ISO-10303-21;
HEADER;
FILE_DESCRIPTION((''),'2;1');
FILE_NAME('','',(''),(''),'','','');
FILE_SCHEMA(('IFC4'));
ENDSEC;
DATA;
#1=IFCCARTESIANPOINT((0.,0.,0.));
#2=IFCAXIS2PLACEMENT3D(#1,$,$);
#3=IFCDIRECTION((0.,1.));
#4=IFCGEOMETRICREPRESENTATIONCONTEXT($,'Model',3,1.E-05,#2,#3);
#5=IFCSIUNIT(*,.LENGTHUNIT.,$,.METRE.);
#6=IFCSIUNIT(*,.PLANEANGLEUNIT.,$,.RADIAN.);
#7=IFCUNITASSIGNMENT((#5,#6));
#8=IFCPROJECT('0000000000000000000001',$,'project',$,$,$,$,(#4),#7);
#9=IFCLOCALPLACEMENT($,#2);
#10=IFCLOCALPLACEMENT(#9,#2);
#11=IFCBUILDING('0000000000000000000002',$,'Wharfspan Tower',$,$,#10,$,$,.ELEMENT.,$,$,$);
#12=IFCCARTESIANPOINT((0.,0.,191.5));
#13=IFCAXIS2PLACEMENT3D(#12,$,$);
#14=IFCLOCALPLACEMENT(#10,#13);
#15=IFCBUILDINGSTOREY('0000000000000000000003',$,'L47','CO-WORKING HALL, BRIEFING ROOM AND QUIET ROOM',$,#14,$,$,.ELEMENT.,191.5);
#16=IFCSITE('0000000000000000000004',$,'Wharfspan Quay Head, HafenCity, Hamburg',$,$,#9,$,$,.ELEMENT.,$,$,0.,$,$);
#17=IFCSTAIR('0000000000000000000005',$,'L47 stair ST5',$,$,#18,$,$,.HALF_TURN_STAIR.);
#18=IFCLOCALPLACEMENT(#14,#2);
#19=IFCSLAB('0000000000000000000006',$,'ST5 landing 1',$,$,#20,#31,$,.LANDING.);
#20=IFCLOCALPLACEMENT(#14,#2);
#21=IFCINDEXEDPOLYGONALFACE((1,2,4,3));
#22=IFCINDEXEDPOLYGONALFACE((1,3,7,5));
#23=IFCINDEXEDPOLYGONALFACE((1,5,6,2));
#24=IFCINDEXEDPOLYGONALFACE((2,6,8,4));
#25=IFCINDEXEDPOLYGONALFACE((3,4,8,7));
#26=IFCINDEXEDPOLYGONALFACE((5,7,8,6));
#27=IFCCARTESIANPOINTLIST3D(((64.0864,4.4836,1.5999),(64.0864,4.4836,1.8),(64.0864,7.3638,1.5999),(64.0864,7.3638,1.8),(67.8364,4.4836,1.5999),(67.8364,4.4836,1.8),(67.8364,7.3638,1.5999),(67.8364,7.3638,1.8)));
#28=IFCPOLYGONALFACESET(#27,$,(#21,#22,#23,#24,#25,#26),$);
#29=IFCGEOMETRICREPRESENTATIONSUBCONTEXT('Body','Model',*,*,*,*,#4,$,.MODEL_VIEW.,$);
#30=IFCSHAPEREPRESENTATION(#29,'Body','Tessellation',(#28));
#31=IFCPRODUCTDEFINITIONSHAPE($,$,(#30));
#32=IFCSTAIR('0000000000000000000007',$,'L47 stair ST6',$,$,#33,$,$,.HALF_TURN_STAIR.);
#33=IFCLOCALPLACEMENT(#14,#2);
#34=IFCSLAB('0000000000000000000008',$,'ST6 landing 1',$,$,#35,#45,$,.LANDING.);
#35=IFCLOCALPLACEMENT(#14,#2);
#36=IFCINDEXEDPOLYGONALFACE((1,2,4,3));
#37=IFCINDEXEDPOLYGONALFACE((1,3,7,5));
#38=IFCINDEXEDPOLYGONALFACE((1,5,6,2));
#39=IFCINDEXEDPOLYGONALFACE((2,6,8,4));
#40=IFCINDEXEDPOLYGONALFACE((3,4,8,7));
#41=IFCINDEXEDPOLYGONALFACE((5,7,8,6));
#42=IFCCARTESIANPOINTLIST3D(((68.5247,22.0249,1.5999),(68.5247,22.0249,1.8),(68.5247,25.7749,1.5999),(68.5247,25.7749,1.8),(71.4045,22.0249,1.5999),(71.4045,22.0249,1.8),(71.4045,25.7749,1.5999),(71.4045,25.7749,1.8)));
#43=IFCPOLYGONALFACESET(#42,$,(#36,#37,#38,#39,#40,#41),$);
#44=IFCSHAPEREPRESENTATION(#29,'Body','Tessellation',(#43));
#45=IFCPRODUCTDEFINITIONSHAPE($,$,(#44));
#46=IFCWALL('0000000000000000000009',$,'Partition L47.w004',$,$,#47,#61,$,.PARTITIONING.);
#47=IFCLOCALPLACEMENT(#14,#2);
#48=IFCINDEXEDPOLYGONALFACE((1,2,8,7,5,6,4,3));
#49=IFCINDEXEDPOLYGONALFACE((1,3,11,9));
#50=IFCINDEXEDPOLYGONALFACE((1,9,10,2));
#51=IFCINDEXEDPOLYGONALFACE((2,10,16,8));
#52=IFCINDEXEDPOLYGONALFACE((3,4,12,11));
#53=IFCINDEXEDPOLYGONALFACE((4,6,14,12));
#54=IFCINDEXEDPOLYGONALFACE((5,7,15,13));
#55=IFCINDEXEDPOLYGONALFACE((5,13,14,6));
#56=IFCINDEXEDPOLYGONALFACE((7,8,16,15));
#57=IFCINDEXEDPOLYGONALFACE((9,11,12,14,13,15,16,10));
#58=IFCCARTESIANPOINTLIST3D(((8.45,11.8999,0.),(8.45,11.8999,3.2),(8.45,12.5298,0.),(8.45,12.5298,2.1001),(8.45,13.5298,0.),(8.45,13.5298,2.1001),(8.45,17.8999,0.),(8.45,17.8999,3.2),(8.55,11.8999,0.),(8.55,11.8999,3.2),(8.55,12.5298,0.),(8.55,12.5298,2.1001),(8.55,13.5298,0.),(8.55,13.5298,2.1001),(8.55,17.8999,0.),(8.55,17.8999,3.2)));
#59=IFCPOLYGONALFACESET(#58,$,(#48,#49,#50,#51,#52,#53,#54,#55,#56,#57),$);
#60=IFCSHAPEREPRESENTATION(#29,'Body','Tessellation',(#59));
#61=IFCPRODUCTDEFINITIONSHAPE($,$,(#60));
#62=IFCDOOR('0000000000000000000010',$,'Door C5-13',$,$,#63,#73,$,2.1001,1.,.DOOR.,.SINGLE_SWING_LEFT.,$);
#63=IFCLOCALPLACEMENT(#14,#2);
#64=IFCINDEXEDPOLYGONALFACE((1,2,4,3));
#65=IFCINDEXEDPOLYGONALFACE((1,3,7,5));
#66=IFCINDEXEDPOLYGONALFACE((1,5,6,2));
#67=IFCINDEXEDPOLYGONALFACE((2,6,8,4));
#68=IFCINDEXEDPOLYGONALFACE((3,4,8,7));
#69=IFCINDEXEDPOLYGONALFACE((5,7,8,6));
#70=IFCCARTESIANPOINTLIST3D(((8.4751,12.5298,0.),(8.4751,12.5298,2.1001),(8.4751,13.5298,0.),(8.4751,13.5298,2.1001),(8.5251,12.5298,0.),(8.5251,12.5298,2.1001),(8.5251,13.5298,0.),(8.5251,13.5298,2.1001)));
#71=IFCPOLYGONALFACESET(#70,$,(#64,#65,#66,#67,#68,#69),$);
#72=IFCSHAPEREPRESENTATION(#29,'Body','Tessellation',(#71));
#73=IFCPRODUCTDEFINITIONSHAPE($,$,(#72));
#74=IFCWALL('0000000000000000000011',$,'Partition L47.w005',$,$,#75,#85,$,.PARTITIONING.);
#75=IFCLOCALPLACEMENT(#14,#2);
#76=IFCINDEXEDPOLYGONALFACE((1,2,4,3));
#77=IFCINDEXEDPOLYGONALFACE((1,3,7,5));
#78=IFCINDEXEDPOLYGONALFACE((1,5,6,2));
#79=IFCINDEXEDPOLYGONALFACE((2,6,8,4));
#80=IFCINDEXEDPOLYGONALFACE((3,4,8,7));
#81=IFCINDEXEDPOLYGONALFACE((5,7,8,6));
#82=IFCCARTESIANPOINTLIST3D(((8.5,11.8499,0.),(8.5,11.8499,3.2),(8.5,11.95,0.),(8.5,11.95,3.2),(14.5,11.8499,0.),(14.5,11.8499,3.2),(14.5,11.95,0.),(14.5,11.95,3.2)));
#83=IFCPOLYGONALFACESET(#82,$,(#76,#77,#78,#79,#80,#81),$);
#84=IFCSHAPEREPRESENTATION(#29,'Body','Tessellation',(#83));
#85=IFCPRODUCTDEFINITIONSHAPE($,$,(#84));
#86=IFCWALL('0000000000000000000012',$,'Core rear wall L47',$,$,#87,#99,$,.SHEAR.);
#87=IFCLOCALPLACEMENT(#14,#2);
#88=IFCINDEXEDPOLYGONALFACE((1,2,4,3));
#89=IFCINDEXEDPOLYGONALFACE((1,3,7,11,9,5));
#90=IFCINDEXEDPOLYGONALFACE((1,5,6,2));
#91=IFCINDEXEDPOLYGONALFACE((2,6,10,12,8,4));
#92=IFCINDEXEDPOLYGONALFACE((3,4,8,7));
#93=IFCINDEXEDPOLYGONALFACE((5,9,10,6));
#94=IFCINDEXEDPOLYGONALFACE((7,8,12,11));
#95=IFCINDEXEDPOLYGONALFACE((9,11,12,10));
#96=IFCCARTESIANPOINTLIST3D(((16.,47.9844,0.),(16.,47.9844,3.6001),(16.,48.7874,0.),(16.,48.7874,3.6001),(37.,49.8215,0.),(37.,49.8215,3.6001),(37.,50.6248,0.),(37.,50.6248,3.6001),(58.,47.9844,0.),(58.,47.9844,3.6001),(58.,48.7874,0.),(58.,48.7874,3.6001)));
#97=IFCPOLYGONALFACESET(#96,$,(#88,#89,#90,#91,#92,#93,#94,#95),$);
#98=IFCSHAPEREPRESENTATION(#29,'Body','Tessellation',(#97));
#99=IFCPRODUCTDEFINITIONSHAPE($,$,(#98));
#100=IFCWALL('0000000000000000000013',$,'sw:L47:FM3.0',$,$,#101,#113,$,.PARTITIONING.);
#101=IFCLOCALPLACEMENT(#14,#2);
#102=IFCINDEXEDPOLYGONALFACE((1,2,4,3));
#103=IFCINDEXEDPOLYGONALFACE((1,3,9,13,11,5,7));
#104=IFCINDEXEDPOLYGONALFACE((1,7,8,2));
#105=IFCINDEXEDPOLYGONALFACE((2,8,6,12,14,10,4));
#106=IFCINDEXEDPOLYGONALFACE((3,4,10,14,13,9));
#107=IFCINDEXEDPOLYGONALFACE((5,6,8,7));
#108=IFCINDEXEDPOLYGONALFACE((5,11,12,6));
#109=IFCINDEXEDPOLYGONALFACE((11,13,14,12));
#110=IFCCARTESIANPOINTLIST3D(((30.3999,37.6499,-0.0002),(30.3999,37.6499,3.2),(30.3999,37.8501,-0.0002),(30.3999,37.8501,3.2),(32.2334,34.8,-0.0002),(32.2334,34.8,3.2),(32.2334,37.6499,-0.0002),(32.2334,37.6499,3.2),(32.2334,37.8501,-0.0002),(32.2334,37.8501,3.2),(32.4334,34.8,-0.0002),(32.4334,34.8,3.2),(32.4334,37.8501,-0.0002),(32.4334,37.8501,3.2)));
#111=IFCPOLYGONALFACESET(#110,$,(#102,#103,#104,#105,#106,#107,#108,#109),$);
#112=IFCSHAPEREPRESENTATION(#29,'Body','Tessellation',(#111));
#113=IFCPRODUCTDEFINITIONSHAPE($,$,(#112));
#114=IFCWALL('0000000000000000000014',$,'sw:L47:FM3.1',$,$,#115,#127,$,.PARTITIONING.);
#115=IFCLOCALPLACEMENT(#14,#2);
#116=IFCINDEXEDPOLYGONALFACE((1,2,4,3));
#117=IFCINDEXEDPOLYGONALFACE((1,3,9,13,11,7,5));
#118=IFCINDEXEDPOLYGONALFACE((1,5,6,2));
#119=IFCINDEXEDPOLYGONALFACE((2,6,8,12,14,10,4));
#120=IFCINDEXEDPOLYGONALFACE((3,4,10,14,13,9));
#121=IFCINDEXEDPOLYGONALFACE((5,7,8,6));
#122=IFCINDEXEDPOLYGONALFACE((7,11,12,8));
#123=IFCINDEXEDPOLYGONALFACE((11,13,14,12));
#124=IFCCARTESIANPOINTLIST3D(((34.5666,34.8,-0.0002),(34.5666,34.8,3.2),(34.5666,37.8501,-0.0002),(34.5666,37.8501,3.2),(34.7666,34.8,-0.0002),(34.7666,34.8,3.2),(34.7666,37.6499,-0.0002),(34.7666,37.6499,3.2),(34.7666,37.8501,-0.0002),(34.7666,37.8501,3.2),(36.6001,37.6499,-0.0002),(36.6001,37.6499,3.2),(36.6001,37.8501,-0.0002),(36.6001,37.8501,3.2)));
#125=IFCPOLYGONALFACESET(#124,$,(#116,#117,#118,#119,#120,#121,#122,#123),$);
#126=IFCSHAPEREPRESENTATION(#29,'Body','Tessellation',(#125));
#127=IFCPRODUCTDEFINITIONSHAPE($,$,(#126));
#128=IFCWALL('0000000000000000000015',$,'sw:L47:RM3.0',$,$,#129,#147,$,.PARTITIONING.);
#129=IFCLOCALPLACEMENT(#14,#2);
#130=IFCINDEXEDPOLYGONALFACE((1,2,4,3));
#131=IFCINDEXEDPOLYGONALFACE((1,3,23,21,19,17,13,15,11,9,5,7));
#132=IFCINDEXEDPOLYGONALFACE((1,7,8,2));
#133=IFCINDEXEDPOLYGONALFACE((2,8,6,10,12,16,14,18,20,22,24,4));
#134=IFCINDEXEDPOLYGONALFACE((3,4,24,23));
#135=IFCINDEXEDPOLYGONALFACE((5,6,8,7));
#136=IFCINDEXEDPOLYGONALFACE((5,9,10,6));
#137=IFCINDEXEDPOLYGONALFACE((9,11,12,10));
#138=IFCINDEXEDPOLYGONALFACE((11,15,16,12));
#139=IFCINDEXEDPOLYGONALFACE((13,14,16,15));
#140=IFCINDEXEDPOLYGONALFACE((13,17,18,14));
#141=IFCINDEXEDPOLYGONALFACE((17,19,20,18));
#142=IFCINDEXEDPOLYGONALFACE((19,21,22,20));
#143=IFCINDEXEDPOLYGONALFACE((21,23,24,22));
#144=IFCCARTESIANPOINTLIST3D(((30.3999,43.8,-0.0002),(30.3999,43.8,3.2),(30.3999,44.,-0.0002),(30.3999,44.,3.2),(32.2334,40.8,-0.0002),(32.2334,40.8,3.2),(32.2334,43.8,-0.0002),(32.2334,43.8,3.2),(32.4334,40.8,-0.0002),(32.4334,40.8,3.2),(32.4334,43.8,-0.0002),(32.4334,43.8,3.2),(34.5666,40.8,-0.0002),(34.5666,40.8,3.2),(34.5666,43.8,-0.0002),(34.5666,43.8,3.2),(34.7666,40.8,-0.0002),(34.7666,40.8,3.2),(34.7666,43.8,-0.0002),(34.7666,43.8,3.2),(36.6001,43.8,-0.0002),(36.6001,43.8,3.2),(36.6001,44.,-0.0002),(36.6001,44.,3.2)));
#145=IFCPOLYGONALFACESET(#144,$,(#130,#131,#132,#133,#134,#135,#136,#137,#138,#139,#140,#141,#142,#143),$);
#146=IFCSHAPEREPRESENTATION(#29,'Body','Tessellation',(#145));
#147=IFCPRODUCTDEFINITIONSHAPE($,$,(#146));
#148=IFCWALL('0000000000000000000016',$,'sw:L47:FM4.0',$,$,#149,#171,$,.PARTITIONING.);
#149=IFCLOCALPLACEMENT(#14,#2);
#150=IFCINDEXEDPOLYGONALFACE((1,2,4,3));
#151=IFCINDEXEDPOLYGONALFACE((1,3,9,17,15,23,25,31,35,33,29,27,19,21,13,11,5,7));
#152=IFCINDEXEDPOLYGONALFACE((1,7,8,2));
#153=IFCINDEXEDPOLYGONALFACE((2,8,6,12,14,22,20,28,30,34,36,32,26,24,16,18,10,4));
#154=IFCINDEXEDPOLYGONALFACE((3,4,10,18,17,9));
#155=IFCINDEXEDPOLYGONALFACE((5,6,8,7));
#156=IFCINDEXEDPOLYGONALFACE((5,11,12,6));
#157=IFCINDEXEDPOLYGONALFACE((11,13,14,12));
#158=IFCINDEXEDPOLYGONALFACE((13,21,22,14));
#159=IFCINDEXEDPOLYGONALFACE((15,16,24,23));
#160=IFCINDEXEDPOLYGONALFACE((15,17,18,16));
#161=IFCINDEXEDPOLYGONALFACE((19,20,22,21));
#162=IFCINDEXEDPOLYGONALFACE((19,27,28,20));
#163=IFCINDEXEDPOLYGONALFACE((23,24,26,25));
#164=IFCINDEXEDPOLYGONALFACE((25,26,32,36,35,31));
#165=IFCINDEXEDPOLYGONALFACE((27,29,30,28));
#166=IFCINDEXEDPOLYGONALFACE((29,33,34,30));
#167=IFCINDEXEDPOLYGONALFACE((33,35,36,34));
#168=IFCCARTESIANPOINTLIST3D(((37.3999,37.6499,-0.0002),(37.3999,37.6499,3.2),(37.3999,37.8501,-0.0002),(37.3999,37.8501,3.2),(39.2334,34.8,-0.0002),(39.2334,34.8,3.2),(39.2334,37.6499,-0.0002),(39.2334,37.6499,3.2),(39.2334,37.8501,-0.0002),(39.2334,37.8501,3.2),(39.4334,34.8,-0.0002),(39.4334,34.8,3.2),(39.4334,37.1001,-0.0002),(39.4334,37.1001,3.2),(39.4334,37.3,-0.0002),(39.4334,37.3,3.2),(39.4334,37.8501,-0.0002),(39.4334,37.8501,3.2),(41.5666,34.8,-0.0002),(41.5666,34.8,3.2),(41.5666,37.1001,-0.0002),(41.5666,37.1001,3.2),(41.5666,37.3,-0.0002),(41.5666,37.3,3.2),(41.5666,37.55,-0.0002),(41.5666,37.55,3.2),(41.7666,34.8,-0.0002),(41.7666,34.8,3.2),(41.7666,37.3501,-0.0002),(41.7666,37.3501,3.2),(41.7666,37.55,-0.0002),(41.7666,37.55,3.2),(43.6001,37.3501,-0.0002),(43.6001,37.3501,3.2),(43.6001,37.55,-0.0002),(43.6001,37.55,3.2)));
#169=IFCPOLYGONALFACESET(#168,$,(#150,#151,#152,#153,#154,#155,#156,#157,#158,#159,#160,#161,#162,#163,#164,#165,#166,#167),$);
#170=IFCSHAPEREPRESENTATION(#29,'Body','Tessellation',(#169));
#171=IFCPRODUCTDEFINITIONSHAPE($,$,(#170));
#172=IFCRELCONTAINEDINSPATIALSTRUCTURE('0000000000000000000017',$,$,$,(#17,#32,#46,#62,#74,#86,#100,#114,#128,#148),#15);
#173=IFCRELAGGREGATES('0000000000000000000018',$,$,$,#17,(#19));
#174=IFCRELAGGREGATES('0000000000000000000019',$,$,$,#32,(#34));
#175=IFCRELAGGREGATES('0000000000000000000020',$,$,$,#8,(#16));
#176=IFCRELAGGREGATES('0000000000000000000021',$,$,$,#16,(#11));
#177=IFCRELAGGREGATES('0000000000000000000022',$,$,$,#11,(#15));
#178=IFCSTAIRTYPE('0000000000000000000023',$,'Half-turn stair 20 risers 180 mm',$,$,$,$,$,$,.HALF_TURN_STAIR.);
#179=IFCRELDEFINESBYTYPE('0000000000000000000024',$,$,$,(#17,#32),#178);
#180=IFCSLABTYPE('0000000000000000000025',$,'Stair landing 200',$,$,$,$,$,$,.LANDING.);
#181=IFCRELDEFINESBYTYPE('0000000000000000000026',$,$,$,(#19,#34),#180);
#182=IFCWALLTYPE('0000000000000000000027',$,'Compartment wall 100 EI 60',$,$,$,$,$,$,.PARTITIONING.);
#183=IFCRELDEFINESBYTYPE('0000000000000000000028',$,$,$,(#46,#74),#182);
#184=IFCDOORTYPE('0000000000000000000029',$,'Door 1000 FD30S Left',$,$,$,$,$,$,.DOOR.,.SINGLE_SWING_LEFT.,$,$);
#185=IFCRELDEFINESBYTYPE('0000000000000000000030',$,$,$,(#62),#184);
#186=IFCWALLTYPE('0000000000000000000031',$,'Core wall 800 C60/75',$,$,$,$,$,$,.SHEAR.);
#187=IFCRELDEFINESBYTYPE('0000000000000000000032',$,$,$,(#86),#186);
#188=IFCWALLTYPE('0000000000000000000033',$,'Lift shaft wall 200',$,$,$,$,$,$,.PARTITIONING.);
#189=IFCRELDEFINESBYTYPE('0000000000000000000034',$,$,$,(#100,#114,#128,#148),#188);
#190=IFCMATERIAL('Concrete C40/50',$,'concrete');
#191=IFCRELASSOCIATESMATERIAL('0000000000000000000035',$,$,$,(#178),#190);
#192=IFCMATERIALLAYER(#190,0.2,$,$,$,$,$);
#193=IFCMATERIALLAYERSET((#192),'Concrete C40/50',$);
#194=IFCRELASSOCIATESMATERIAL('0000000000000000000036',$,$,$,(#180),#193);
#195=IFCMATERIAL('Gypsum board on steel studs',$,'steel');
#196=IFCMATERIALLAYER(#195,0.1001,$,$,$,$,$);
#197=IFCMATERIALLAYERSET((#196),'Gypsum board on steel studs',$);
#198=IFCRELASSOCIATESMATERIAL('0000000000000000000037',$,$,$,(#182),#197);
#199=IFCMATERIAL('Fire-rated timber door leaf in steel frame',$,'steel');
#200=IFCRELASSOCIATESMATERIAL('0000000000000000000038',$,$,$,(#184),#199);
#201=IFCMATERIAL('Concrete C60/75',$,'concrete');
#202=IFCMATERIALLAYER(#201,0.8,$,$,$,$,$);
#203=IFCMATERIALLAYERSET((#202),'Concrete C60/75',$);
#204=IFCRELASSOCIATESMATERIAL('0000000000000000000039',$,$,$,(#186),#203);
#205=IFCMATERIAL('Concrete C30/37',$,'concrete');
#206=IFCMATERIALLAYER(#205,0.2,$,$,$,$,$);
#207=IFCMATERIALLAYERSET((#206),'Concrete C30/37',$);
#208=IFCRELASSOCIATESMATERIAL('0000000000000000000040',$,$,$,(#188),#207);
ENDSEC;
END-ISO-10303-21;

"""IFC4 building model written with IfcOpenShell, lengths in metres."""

from ifc_helpers import new_model, si_unit, direction, frame, frame_2d, origin, place, context, subcontext, project, spatial, polyline, rectangle, outline, extrude, material, layer, layer_set, type_object, element, fill, aggregate, save


model = new_model("IFC4")

# Units and contexts
model_context = context("Model", 3, precision=1e-05, world=origin(), true_north=direction((0.0, 1.0)))
body_context = subcontext(model_context, "Body", "Model", "MODEL_VIEW")
ifc_project = project(units=[si_unit("LENGTHUNIT", "METRE"), si_unit("PLANEANGLEUNIT", "RADIAN")], contexts=[model_context])

# Site, building, storey
site_placement = place(None, origin())
site = spatial("IfcSite", under=ifc_project, at=site_placement, Name="Wharfspan Quay Head, HafenCity, Hamburg", CompositionType="ELEMENT", RefElevation=0.0)
building_placement = place(site_placement, origin())
building = spatial("IfcBuilding", under=site, at=building_placement, Name="Wharfspan Tower", CompositionType="ELEMENT")
storey_placement = place(building_placement, frame((0.0, 0.0, 191.5)))
storey = spatial("IfcBuildingStorey", under=building, at=storey_placement, Name="L47", Description="CO-WORKING HALL, BRIEFING ROOM AND QUIET ROOM", CompositionType="ELEMENT", Elevation=191.5)

# Shared definitions
ifc_material_1 = material(Name="Concrete C40/50", Category="concrete")

# Stairs, slabs
stair_type = type_object("IfcStairType", Name="Half-turn stair 20 risers 180 mm", PredefinedType="HALF_TURN_STAIR", material=ifc_material_1)
ifc_layer_1 = layer(ifc_material_1, 0.2)
ifc_layer_set_1 = layer_set([ifc_layer_1], Name="Concrete C40/50")
slab_type_1 = type_object("IfcSlabType", Name="Stair landing 200", PredefinedType="LANDING", material=ifc_layer_set_1)
stair_1_placement = place(storey_placement, origin())
stair_1 = element("IfcStair", 1, at=stair_1_placement, inside=storey, type_object=stair_type, Name="L47 stair ST5", PredefinedType="HALF_TURN_STAIR")
slab_1_placement = place(storey_placement, frame((0.0, 0.0, 1.5999)))
slab_1 = element("IfcSlab", 2, at=slab_1_placement, type_object=slab_type_1, Name="ST5 landing 1", PredefinedType="LANDING", context=body_context, shape_type="SweptSolid", body=[
    extrude(outline(polyline([(64.0864, 7.3638), (64.0864, 4.4836), (67.8364, 4.4836), (67.8364, 7.3638), (64.0864, 7.3638)])), origin(), (0.0, 0.0, 1.0), 0.2002),
])
aggregate(stair_1, [slab_1])
stair_2_placement = place(storey_placement, origin())
stair_2 = element("IfcStair", 3, at=stair_2_placement, inside=storey, type_object=stair_type, Name="L47 stair ST6", PredefinedType="HALF_TURN_STAIR")
slab_2_placement = place(storey_placement, frame((0.0, 0.0, 1.5999)))
slab_2 = element("IfcSlab", 4, at=slab_2_placement, type_object=slab_type_1, Name="ST6 landing 1", PredefinedType="LANDING", context=body_context, shape_type="SweptSolid", body=[
    extrude(outline(polyline([(68.5247, 22.0249), (71.4045, 22.0249), (71.4045, 25.7749), (68.5247, 25.7749), (68.5247, 22.0249)])), origin(), (0.0, 0.0, 1.0), 0.2002),
])
aggregate(stair_2, [slab_2])

# Wall, opening, door
ifc_material_2 = material(Name="Gypsum board on steel studs", Category="steel")
ifc_layer_2 = layer(ifc_material_2, 0.1001)
ifc_layer_set_2 = layer_set([ifc_layer_2], Name="Gypsum board on steel studs")
wall_type_1 = type_object("IfcWallType", Name="Compartment wall 100 EI 60", PredefinedType="PARTITIONING", material=ifc_layer_set_2)
wall_1_placement = place(storey_placement, frame((8.5, 11.8999, 0.0), z_axis=(0.0, 0.0, 1.0), x_axis=(0.0, 1.0, 0.0)))
wall_1 = element("IfcWall", 5, at=wall_1_placement, inside=storey, type_object=wall_type_1, Name="Partition L47.w004", PredefinedType="PARTITIONING", context=body_context, shape_type="SweptSolid", body=[
    extrude(rectangle(XDim=6.0, YDim=0.1001, at=frame_2d((3.0, 0.0))), origin(), (0.0, 0.0, 1.0), 3.2),
])
opening_placement = place(wall_1_placement, frame((0.6299, 0.0, 0.0)))
opening = element("IfcOpeningElement", 6, at=opening_placement, cuts=wall_1, PredefinedType="OPENING", context=body_context, shape_type="SweptSolid", body=[
    extrude(rectangle(XDim=1.0, YDim=2.1001, at=frame_2d((0.5, 1.05))), frame((0.0, 0.0601, 0.0), z_axis=(0.0, -1.0, 0.0), x_axis=(1.0, 0.0, 0.0)), (0.0, 0.0, 1.0), 0.1201),
])
ifc_material_3 = material(Name="Fire-rated timber door leaf in steel frame", Category="steel")
door_type = type_object("IfcDoorType", Name="Door 1000 FD30S Left", OperationType="SINGLE_SWING_LEFT", PredefinedType="DOOR", material=ifc_material_3)
door_placement = place(opening_placement, origin())
door = element("IfcDoor", 7, at=door_placement, inside=storey, type_object=door_type, Name="Door C5-13", OperationType="SINGLE_SWING_LEFT", OverallHeight=2.1001, OverallWidth=1.0, PredefinedType="DOOR", context=body_context, shape_type="SweptSolid", body=[
    extrude(rectangle(XDim=1.0, YDim=2.1001, at=frame_2d((0.5, 1.05))), frame((0.0, 0.0249, 0.0), z_axis=(0.0, -1.0, 0.0), x_axis=(1.0, 0.0, 0.0)), (0.0, 0.0, 1.0), 0.05),
])
fill(opening, door)

# Walls
wall_2_placement = place(storey_placement, frame((8.5, 11.8999, 0.0), z_axis=(0.0, 0.0, 1.0), x_axis=(1.0, 0.0, 0.0)))
element("IfcWall", 8, at=wall_2_placement, inside=storey, type_object=wall_type_1, Name="Partition L47.w005", PredefinedType="PARTITIONING", context=body_context, shape_type="SweptSolid", body=[
    extrude(rectangle(XDim=6.0, YDim=0.1001, at=frame_2d((3.0, 0.0))), origin(), (0.0, 0.0, 1.0), 3.2),
])
ifc_material_4 = material(Name="Concrete C60/75", Category="concrete")
ifc_layer_3 = layer(ifc_material_4, 0.8)
ifc_layer_set_3 = layer_set([ifc_layer_3], Name="Concrete C60/75")
wall_type_2 = type_object("IfcWallType", Name="Core wall 800 C60/75", PredefinedType="SHEAR", material=ifc_layer_set_3)
wall_3_placement = place(storey_placement, origin())
element("IfcWall", 9, at=wall_3_placement, inside=storey, type_object=wall_type_2, Name="Core rear wall L47", PredefinedType="SHEAR", context=body_context, shape_type="SweptSolid", body=[
    extrude(outline(polyline([(16.0, 47.9844), (37.0, 49.8215), (58.0, 47.9844), (58.0, 48.7874), (37.0, 50.6248), (16.0, 48.7874), (16.0, 47.9844)])), origin(), (0.0, 0.0, 1.0), 3.6001),
])
ifc_material_5 = material(Name="Concrete C30/37", Category="concrete")
ifc_layer_4 = layer(ifc_material_5, 0.2)
ifc_layer_set_4 = layer_set([ifc_layer_4], Name="Concrete C30/37")
wall_type_3 = type_object("IfcWallType", Name="Lift shaft wall 200", PredefinedType="PARTITIONING", material=ifc_layer_set_4)
wall_4_placement = place(storey_placement, frame((0.0, 0.0, -0.0002)))
element("IfcWall", 10, at=wall_4_placement, inside=storey, type_object=wall_type_3, Name="sw:L47:FM3.0", PredefinedType="PARTITIONING", context=body_context, shape_type="SweptSolid", body=[
    extrude(outline(polyline([(32.2334, 37.6499), (30.3999, 37.6499), (30.3999, 37.8501), (32.2334, 37.8501), (32.4333, 37.8501), (32.4333, 34.8), (32.2334, 34.8), (32.2334, 37.6499)])), origin(), (0.0, 0.0, 1.0), 3.2002),
])
wall_5_placement = place(storey_placement, frame((0.0, 0.0, -0.0002)))
element("IfcWall", 11, at=wall_5_placement, inside=storey, type_object=wall_type_3, Name="sw:L47:FM3.1", PredefinedType="PARTITIONING", context=body_context, shape_type="SweptSolid", body=[
    extrude(outline(polyline([(34.5667, 37.8501), (34.7666, 37.8501), (36.6001, 37.8501), (36.6001, 37.6499), (34.7666, 37.6499), (34.7666, 34.8), (34.5667, 34.8), (34.5667, 37.8501)])), origin(), (0.0, 0.0, 1.0), 3.2002),
])
wall_6_placement = place(storey_placement, frame((0.0, 0.0, -0.0002)))
element("IfcWall", 12, at=wall_6_placement, inside=storey, type_object=wall_type_3, Name="sw:L47:RM3.0", PredefinedType="PARTITIONING", context=body_context, shape_type="SweptSolid", body=[
    extrude(outline(polyline([(32.4333, 40.8), (32.2334, 40.8), (32.2334, 43.8), (30.3999, 43.8), (30.3999, 44.0), (36.6001, 44.0), (36.6001, 43.8), (34.7666, 43.8), (34.7666, 40.8), (34.5667, 40.8), (34.5667, 43.8), (32.4333, 43.8), (32.4333, 40.8)])), origin(), (0.0, 0.0, 1.0), 3.2002),
])
wall_7_placement = place(storey_placement, frame((0.0, 0.0, -0.0002)))
element("IfcWall", 13, at=wall_7_placement, inside=storey, type_object=wall_type_3, Name="sw:L47:FM4.0", PredefinedType="PARTITIONING", context=body_context, shape_type="SweptSolid", body=[
    extrude(outline(polyline([(41.5667, 37.1001), (39.4333, 37.1001), (39.4333, 34.8), (39.2334, 34.8), (39.2334, 37.6499), (37.3999, 37.6499), (37.3999, 37.8501), (39.2334, 37.8501), (39.4333, 37.8501), (39.4333, 37.3), (41.5667, 37.3), (41.5667, 37.55), (41.7666, 37.55), (43.6001, 37.55), (43.6001, 37.3501), (41.7666, 37.3501), (41.7666, 34.8), (41.5667, 34.8), (41.5667, 37.1001)])), origin(), (0.0, 0.0, 1.0), 3.2002),
])

save(model, "model.ifc")
